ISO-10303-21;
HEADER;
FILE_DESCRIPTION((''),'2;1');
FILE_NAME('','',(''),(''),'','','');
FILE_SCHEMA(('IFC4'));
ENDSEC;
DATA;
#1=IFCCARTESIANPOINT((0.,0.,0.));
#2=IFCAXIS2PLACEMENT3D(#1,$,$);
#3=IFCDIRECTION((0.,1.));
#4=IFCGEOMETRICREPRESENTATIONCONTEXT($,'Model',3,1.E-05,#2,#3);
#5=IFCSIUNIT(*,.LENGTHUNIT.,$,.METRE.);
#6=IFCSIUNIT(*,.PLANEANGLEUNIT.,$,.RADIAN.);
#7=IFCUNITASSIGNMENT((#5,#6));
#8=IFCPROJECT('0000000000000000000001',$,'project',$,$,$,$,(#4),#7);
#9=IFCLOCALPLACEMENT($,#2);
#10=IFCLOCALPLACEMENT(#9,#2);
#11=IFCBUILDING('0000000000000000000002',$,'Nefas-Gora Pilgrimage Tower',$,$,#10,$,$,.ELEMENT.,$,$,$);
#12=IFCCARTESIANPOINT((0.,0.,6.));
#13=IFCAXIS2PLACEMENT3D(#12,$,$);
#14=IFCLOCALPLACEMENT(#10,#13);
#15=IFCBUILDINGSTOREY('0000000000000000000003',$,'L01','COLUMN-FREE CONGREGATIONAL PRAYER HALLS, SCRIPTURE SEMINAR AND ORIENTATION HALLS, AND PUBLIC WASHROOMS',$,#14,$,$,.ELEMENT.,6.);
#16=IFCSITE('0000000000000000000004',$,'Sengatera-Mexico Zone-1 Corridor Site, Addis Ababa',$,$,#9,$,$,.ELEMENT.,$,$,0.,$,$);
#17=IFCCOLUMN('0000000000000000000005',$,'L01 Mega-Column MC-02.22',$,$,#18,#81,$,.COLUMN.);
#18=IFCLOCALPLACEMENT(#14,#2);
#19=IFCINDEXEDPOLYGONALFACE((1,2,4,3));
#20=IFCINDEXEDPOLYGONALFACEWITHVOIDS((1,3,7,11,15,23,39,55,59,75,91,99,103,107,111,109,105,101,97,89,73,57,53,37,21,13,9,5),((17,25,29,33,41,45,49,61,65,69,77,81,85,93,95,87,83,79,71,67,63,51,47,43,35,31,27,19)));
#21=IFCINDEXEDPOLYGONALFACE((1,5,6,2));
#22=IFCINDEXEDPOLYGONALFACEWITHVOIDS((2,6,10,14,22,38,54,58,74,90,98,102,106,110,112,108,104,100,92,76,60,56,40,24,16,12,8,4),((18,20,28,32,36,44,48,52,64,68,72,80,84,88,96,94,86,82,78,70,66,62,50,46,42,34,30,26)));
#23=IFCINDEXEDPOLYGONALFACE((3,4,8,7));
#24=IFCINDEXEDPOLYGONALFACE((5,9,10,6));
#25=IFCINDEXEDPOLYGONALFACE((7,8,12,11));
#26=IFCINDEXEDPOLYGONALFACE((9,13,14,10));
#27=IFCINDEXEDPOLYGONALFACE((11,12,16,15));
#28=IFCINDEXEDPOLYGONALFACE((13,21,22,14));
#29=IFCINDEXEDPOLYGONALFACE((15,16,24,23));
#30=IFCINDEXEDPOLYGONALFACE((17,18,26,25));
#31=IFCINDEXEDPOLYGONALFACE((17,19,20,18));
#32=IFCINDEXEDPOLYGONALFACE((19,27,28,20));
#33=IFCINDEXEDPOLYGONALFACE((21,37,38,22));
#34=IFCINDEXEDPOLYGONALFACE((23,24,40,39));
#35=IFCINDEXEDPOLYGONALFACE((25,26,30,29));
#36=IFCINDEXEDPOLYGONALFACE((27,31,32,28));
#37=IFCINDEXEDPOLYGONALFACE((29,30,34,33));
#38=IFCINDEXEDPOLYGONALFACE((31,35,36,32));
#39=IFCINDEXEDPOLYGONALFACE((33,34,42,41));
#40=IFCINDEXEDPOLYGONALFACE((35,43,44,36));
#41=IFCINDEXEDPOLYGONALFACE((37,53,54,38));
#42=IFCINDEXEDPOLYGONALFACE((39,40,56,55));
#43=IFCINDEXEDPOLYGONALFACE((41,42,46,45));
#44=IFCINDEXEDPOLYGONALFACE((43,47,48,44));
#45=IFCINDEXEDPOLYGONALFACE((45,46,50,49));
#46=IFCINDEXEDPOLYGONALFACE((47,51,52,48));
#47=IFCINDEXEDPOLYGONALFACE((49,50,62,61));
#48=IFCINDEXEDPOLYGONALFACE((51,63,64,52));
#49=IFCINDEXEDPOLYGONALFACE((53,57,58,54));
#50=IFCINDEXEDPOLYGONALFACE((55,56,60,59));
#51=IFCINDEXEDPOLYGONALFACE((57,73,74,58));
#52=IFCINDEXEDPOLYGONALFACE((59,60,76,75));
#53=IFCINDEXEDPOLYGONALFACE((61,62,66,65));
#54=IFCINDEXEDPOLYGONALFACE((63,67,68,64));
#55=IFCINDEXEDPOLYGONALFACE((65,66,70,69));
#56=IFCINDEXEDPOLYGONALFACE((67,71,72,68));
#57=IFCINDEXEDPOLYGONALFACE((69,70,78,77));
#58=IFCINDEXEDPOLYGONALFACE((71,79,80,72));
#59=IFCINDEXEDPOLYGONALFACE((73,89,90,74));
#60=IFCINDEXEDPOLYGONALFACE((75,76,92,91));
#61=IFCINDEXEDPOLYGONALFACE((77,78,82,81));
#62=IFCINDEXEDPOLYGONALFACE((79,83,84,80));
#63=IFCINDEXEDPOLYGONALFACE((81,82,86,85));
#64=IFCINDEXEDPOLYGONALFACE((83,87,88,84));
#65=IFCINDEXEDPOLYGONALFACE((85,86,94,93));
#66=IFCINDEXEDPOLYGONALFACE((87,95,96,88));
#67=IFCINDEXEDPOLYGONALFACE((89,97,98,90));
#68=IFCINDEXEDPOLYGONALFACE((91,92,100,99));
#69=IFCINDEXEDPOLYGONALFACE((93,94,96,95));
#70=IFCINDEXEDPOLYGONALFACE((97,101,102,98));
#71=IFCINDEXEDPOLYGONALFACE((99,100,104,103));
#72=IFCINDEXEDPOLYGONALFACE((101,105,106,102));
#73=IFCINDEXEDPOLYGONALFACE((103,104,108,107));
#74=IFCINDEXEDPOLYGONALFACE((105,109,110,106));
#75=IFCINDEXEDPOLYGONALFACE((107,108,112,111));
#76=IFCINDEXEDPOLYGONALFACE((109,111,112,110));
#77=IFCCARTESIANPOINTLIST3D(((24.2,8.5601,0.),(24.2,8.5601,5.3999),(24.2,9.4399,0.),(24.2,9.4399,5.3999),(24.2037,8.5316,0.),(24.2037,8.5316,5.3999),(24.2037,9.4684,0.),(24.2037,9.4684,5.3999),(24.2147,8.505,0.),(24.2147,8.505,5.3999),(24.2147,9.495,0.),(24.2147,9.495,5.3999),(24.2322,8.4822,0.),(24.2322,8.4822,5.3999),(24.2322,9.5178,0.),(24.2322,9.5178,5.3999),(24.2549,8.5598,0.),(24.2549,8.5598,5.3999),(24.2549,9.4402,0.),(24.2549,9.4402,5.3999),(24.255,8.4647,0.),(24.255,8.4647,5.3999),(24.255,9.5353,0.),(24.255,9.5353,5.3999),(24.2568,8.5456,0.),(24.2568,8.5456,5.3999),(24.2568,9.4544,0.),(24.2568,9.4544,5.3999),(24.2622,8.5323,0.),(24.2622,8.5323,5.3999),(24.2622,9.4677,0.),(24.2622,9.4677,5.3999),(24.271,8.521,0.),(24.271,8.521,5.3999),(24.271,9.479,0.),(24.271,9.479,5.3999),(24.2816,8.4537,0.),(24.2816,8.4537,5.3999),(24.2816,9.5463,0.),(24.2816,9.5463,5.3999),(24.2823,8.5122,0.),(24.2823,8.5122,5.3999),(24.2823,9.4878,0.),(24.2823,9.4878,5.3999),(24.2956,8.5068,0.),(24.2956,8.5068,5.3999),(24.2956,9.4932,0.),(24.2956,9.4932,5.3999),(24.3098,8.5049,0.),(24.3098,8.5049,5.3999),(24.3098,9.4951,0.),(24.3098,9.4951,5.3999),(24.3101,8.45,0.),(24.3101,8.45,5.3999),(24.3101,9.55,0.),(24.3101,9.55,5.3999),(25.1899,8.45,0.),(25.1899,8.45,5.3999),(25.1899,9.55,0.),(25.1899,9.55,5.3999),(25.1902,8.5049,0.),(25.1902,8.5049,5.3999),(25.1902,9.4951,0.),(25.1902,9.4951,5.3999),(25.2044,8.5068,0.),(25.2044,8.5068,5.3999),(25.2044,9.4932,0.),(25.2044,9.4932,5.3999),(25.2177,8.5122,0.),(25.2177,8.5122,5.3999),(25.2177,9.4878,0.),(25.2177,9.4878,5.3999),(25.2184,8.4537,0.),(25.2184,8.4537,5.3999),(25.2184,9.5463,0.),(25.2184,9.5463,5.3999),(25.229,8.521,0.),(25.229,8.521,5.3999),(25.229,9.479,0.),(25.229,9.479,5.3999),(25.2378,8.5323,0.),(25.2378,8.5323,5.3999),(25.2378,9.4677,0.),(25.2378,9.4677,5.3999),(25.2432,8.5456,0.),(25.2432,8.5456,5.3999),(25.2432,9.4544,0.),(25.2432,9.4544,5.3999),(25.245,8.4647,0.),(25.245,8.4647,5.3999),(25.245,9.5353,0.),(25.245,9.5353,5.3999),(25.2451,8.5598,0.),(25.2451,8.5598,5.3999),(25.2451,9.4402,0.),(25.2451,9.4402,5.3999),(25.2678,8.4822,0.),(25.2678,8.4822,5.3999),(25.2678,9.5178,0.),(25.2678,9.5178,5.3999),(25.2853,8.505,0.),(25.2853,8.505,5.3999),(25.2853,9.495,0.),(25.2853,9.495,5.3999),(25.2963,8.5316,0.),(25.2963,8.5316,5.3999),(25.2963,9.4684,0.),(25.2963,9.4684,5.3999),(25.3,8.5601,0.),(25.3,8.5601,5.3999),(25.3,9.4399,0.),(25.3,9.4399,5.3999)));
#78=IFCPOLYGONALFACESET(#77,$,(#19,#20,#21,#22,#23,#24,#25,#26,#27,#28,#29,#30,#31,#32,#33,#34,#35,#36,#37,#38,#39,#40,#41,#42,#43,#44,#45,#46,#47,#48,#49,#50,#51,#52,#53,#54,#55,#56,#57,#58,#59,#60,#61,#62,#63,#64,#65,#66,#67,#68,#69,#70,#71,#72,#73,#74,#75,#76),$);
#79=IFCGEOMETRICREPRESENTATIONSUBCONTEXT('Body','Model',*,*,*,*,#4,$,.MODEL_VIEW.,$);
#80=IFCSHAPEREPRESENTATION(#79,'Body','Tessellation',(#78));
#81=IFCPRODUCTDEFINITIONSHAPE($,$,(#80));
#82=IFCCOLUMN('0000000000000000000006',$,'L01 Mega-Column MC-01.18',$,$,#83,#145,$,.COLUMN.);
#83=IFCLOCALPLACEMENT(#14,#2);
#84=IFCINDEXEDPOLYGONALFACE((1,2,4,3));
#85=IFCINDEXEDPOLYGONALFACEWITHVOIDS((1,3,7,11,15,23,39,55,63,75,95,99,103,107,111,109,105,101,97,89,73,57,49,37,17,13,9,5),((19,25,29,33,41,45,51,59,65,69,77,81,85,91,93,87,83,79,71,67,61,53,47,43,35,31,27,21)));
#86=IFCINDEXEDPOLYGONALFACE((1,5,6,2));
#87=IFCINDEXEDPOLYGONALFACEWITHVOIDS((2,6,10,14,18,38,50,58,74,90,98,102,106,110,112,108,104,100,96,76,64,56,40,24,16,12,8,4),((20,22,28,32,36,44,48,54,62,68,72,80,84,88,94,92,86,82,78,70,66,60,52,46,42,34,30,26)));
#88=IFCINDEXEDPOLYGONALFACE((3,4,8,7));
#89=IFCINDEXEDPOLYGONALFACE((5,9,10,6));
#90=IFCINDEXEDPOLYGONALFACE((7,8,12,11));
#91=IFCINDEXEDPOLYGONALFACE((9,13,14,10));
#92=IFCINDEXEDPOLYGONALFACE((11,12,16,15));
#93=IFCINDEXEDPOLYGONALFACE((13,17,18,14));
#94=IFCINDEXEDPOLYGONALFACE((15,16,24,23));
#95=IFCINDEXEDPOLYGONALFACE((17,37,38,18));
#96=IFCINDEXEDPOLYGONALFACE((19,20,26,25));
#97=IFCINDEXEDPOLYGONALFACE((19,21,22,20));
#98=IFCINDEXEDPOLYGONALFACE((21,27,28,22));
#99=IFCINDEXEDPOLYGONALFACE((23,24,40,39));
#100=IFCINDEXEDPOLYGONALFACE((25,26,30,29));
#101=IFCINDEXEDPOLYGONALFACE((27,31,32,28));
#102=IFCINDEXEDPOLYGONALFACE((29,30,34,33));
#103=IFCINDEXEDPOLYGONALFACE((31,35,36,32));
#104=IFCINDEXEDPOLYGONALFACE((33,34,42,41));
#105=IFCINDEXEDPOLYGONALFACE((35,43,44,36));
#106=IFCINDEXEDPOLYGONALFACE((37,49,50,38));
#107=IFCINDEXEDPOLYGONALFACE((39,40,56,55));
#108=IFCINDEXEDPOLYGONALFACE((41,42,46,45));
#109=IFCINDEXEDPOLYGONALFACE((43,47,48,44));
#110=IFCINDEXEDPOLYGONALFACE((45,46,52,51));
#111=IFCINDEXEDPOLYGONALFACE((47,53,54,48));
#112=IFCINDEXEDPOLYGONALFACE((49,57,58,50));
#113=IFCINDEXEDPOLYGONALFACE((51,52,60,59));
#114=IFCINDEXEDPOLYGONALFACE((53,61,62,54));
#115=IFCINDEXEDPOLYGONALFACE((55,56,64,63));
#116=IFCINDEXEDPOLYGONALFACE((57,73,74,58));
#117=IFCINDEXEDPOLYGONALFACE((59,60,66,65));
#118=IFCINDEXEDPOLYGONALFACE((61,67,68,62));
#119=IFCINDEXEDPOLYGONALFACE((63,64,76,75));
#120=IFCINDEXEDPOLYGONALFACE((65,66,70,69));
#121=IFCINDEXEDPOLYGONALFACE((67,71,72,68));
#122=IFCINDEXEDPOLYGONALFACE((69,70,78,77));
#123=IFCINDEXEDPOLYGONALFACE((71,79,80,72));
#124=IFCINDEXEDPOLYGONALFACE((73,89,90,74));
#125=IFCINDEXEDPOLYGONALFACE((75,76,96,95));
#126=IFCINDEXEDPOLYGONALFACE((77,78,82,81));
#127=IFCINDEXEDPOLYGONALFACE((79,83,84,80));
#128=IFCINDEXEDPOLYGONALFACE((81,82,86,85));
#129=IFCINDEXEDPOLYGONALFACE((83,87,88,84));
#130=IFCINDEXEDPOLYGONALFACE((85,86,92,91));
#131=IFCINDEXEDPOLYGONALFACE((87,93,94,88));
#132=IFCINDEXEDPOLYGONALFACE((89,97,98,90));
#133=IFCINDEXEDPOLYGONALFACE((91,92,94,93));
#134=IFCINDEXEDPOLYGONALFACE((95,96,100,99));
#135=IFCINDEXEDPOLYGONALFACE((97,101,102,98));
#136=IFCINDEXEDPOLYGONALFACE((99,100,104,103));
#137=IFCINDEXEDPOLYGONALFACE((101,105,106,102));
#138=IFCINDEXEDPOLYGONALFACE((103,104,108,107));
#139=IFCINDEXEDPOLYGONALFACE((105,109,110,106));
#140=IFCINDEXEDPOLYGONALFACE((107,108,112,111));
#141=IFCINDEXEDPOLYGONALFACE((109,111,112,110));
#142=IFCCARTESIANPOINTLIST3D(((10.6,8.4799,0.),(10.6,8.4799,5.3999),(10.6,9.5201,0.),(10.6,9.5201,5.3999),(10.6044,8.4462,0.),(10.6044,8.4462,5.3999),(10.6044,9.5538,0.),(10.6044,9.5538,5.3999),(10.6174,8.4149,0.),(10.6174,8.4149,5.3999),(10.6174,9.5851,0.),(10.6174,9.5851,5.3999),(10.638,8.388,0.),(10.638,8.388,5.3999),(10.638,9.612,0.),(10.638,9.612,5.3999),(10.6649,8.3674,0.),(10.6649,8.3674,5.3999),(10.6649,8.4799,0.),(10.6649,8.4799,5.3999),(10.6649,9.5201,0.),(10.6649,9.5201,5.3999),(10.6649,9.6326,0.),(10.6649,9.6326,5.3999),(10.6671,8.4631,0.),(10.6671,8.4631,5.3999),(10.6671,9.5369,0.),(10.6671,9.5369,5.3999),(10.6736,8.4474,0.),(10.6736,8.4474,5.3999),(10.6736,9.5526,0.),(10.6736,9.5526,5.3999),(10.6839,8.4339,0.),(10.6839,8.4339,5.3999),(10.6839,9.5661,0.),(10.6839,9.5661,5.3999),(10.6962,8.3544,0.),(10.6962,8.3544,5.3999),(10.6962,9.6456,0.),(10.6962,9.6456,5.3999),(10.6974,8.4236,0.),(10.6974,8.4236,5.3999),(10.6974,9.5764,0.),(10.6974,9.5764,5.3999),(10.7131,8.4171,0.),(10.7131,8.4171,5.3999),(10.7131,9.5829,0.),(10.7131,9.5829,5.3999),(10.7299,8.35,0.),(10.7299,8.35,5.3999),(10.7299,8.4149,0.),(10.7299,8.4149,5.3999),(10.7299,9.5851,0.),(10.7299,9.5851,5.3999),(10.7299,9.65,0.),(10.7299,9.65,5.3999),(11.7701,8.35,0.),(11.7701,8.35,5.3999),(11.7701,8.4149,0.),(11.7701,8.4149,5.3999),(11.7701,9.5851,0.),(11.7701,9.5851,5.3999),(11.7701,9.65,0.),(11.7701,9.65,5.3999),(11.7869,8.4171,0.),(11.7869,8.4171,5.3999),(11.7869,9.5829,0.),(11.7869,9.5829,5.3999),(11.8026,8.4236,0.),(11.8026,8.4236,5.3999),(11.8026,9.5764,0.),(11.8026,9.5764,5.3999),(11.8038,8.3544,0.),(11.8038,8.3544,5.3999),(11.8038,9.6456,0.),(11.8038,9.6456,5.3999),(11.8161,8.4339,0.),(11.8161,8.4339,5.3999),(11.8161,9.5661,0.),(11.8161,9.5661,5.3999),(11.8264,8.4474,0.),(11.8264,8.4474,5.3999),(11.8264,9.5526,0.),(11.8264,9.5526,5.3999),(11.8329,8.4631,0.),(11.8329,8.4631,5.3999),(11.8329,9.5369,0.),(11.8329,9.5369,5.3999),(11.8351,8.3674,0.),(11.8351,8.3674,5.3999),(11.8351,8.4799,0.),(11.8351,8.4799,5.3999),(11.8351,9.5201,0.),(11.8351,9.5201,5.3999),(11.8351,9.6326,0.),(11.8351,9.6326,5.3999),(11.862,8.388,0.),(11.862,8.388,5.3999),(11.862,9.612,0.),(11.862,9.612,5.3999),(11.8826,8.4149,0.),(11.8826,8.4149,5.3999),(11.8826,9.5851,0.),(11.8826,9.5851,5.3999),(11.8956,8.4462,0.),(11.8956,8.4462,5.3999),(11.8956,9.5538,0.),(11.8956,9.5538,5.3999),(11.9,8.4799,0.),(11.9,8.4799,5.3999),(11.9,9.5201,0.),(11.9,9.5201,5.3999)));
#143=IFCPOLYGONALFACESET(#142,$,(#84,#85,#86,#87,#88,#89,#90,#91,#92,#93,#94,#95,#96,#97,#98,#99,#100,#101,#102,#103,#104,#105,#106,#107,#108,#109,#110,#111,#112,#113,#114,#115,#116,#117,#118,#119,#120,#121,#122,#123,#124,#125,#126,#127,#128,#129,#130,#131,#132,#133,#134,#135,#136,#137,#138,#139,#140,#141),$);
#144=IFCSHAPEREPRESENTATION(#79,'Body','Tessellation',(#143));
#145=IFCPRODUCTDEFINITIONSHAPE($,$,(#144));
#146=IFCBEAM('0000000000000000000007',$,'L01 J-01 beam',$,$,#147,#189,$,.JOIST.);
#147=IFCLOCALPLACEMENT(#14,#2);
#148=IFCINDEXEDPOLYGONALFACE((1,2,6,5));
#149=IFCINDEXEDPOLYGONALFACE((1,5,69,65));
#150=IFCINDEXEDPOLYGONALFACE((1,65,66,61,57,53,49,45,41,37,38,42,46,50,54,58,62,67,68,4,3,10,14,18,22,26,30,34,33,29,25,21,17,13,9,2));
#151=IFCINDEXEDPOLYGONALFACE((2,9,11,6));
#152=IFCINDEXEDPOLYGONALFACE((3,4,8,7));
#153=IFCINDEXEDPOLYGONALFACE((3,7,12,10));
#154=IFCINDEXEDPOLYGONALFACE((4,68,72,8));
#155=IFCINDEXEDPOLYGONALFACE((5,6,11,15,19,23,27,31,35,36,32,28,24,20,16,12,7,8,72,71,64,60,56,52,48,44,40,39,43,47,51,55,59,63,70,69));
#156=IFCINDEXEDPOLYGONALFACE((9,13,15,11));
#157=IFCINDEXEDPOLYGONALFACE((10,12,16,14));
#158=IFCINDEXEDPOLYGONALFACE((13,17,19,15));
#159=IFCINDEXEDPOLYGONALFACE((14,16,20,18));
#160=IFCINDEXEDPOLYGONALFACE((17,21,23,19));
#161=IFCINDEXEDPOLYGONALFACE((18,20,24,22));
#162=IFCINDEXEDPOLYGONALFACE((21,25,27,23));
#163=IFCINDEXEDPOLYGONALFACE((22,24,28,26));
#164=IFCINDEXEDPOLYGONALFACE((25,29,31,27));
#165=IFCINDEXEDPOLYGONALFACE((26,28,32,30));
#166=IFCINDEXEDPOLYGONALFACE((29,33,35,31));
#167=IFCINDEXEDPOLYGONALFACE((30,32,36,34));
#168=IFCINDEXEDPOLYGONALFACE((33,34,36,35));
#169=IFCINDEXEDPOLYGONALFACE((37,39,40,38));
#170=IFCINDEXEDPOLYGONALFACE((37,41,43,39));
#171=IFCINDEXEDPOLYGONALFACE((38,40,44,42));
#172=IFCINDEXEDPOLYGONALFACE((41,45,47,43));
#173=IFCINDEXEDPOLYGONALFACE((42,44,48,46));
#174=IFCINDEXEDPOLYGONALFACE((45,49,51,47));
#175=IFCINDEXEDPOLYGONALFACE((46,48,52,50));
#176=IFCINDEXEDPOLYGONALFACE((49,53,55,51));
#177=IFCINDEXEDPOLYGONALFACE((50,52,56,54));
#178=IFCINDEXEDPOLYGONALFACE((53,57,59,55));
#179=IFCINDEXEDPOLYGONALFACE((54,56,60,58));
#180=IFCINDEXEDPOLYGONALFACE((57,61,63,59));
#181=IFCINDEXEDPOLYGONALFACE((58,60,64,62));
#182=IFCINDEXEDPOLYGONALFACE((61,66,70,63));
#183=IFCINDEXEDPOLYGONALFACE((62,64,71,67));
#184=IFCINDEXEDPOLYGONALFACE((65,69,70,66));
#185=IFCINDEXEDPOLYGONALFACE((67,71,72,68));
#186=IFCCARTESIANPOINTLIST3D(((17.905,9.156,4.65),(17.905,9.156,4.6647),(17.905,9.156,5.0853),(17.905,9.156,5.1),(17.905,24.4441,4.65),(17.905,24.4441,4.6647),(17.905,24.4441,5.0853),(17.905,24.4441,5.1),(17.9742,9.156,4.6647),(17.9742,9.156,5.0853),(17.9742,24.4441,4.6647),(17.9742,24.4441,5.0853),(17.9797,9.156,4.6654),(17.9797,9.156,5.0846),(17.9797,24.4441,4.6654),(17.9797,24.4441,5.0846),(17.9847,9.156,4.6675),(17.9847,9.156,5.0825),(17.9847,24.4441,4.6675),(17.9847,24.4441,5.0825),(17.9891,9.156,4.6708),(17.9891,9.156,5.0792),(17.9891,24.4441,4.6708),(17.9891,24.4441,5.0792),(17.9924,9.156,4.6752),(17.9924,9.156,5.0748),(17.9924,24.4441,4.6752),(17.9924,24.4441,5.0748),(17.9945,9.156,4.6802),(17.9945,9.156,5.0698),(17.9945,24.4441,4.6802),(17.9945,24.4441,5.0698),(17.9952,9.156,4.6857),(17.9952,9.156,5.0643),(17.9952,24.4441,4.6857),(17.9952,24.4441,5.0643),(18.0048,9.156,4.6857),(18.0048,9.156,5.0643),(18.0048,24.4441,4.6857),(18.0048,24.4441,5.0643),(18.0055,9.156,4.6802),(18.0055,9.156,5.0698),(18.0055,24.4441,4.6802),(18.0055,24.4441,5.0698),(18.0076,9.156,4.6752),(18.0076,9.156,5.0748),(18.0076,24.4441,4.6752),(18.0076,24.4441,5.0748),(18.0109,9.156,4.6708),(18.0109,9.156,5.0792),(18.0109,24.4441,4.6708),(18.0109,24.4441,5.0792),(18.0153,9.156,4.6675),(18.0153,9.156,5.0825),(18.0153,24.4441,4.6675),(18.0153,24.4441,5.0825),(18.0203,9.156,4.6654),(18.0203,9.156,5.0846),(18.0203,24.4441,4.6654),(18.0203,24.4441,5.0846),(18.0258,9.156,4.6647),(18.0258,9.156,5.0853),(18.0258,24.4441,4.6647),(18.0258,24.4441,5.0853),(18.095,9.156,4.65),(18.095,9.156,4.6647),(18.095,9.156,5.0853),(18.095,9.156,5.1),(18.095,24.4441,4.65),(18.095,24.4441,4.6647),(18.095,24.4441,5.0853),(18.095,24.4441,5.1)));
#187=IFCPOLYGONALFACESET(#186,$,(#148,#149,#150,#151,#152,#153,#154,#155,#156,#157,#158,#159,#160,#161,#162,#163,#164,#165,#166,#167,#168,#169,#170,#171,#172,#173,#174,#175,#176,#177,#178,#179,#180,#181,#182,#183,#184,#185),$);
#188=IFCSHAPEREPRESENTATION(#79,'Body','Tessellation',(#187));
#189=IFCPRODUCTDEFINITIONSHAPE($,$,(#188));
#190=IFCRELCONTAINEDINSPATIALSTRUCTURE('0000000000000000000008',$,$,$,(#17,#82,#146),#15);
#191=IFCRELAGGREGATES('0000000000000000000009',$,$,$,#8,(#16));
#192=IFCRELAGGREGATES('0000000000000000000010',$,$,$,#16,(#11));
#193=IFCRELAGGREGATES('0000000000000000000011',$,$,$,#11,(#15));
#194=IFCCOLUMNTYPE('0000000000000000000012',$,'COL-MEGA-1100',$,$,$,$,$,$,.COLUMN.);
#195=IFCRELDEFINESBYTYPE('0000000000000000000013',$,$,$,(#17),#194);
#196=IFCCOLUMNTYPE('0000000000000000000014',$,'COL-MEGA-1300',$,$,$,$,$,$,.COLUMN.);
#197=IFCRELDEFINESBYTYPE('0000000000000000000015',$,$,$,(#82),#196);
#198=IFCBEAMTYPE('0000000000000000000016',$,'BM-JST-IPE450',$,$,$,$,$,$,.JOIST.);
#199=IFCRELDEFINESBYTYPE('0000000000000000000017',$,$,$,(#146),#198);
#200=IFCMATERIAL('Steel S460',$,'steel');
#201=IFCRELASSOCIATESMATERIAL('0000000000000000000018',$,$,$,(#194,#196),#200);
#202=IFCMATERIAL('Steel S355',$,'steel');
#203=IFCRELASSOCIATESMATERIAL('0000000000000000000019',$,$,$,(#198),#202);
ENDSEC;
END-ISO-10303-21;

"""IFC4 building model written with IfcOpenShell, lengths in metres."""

from ifc_helpers import new_model, si_unit, direction, frame, origin, origin_2d, place, context, subcontext, project, spatial, hollow_rectangle, i_section, extrude, source, transform, mapped, material, material_profile, profile_set, type_object, element, save


model = new_model("IFC4")

# Units and contexts
model_context = context("Model", 3, precision=1e-05, world=origin(), true_north=direction((0.0, 1.0)))
body_context = subcontext(model_context, "Body", "Model", "MODEL_VIEW")
ifc_project = project(units=[si_unit("LENGTHUNIT", "METRE"), si_unit("PLANEANGLEUNIT", "RADIAN")], contexts=[model_context])

# Site, building, storey
site_placement = place(None, origin())
site = spatial("IfcSite", under=ifc_project, at=site_placement, Name="Sengatera-Mexico Zone-1 Corridor Site, Addis Ababa", CompositionType="ELEMENT", RefElevation=0.0)
building_placement = place(site_placement, origin())
building = spatial("IfcBuilding", under=site, at=building_placement, Name="Nefas-Gora Pilgrimage Tower", CompositionType="ELEMENT")
storey_placement = place(building_placement, frame((0.0, 0.0, 6.0)))
storey = spatial("IfcBuildingStorey", under=building, at=storey_placement, Name="L01", Description="COLUMN-FREE CONGREGATIONAL PRAYER HALLS, SCRIPTURE SEMINAR AND ORIENTATION HALLS, AND PUBLIC WASHROOMS", CompositionType="ELEMENT", Elevation=6.0)

# Columns
ifc_material_1 = material(Name="Steel S460", Category="steel")
ifc_material_profile_1 = material_profile(ifc_material_1, hollow_rectangle(XDim=1.1001, YDim=1.1001, WallThickness=0.0549, InnerFilletRadius=0.0549, OuterFilletRadius=0.1101, at=origin_2d()), Name="BOX 1100x1100x55")
ifc_profile_set_1 = profile_set([ifc_material_profile_1], Name="Steel S460")
column_type_1 = type_object("IfcColumnType", Name="COL-MEGA-1100", PredefinedType="COLUMN", material=ifc_profile_set_1)
shared_shape_1 = source(origin(), body_context, "Body", "SweptSolid", [
    extrude(hollow_rectangle(XDim=1.1001, YDim=1.1001, WallThickness=0.0549, InnerFilletRadius=0.0549, OuterFilletRadius=0.1101, at=origin_2d()), origin(), (0.0, 0.0, 1.0), 5.3999),
])
column_1_placement = place(storey_placement, frame((24.75, 9.0, 0.0), z_axis=(0.0, 0.0, 1.0), x_axis=(1.0, 0.0, 0.0)))
element("IfcColumn", 1, at=column_1_placement, inside=storey, type_object=column_type_1, Name="L01 Mega-Column MC-02.22", PredefinedType="COLUMN", context=body_context, shape_type="MappedRepresentation", body=[
    mapped(shared_shape_1, transform((0.0, 0.0, 0.0), x_axis=(1.0, 0.0, 0.0), y_axis=(0.0, 1.0, 0.0), z_axis=(0.0, 0.0, 1.0), scale=1.0)),
])
ifc_material_profile_2 = material_profile(ifc_material_1, hollow_rectangle(XDim=1.3, YDim=1.3, WallThickness=0.0649, InnerFilletRadius=0.0649, OuterFilletRadius=0.1299, at=origin_2d()), Name="BOX 1300x1300x65")
ifc_profile_set_2 = profile_set([ifc_material_profile_2], Name="Steel S460")
column_type_2 = type_object("IfcColumnType", Name="COL-MEGA-1300", PredefinedType="COLUMN", material=ifc_profile_set_2)
shared_shape_2 = source(origin(), body_context, "Body", "SweptSolid", [
    extrude(hollow_rectangle(XDim=1.3, YDim=1.3, WallThickness=0.0649, InnerFilletRadius=0.0649, OuterFilletRadius=0.1299, at=origin_2d()), origin(), (0.0, 0.0, 1.0), 5.3999),
])
column_2_placement = place(storey_placement, frame((11.25, 9.0, 0.0), z_axis=(0.0, 0.0, 1.0), x_axis=(1.0, 0.0, 0.0)))
element("IfcColumn", 2, at=column_2_placement, inside=storey, type_object=column_type_2, Name="L01 Mega-Column MC-01.18", PredefinedType="COLUMN", context=body_context, shape_type="MappedRepresentation", body=[
    mapped(shared_shape_2, transform((0.0, 0.0, 0.0), x_axis=(1.0, 0.0, 0.0), y_axis=(0.0, 1.0, 0.0), z_axis=(0.0, 0.0, 1.0), scale=1.0)),
])

# Beam
ifc_material_2 = material(Name="Steel S355", Category="steel")
ifc_material_profile_3 = material_profile(ifc_material_2, i_section(OverallWidth=0.1899, OverallDepth=0.45, WebThickness=0.0095, FlangeThickness=0.0146, FilletRadius=0.021, at=origin_2d()), Name="IPE 450")
ifc_profile_set_3 = profile_set([ifc_material_profile_3], Name="Steel S355")
beam_type_1 = type_object("IfcBeamType", Name="BM-JST-IPE450", PredefinedType="JOIST", material=ifc_profile_set_3)
shared_shape_3 = source(origin(), body_context, "Body", "SweptSolid", [
    extrude(i_section(OverallWidth=0.1899, OverallDepth=0.45, WebThickness=0.0095, FlangeThickness=0.0146, FilletRadius=0.021, at=origin_2d()), origin(), (0.0, 0.0, 1.0), 15.2881),
])
beam_1_placement = place(storey_placement, frame((18.0, 9.156, 4.875), z_axis=(0.0, 1.0, 0.0), x_axis=(-1.0, 0.0, 0.0)))
element("IfcBeam", 3, at=beam_1_placement, inside=storey, type_object=beam_type_1, Name="L01 J-01 beam", PredefinedType="JOIST", context=body_context, shape_type="MappedRepresentation", body=[
    mapped(shared_shape_3, transform((0.0, 0.0, 0.0), x_axis=(1.0, 0.0, 0.0), y_axis=(0.0, 1.0, 0.0), z_axis=(0.0, 0.0, 1.0), scale=1.0)),
])

save(model, "model.ifc")
